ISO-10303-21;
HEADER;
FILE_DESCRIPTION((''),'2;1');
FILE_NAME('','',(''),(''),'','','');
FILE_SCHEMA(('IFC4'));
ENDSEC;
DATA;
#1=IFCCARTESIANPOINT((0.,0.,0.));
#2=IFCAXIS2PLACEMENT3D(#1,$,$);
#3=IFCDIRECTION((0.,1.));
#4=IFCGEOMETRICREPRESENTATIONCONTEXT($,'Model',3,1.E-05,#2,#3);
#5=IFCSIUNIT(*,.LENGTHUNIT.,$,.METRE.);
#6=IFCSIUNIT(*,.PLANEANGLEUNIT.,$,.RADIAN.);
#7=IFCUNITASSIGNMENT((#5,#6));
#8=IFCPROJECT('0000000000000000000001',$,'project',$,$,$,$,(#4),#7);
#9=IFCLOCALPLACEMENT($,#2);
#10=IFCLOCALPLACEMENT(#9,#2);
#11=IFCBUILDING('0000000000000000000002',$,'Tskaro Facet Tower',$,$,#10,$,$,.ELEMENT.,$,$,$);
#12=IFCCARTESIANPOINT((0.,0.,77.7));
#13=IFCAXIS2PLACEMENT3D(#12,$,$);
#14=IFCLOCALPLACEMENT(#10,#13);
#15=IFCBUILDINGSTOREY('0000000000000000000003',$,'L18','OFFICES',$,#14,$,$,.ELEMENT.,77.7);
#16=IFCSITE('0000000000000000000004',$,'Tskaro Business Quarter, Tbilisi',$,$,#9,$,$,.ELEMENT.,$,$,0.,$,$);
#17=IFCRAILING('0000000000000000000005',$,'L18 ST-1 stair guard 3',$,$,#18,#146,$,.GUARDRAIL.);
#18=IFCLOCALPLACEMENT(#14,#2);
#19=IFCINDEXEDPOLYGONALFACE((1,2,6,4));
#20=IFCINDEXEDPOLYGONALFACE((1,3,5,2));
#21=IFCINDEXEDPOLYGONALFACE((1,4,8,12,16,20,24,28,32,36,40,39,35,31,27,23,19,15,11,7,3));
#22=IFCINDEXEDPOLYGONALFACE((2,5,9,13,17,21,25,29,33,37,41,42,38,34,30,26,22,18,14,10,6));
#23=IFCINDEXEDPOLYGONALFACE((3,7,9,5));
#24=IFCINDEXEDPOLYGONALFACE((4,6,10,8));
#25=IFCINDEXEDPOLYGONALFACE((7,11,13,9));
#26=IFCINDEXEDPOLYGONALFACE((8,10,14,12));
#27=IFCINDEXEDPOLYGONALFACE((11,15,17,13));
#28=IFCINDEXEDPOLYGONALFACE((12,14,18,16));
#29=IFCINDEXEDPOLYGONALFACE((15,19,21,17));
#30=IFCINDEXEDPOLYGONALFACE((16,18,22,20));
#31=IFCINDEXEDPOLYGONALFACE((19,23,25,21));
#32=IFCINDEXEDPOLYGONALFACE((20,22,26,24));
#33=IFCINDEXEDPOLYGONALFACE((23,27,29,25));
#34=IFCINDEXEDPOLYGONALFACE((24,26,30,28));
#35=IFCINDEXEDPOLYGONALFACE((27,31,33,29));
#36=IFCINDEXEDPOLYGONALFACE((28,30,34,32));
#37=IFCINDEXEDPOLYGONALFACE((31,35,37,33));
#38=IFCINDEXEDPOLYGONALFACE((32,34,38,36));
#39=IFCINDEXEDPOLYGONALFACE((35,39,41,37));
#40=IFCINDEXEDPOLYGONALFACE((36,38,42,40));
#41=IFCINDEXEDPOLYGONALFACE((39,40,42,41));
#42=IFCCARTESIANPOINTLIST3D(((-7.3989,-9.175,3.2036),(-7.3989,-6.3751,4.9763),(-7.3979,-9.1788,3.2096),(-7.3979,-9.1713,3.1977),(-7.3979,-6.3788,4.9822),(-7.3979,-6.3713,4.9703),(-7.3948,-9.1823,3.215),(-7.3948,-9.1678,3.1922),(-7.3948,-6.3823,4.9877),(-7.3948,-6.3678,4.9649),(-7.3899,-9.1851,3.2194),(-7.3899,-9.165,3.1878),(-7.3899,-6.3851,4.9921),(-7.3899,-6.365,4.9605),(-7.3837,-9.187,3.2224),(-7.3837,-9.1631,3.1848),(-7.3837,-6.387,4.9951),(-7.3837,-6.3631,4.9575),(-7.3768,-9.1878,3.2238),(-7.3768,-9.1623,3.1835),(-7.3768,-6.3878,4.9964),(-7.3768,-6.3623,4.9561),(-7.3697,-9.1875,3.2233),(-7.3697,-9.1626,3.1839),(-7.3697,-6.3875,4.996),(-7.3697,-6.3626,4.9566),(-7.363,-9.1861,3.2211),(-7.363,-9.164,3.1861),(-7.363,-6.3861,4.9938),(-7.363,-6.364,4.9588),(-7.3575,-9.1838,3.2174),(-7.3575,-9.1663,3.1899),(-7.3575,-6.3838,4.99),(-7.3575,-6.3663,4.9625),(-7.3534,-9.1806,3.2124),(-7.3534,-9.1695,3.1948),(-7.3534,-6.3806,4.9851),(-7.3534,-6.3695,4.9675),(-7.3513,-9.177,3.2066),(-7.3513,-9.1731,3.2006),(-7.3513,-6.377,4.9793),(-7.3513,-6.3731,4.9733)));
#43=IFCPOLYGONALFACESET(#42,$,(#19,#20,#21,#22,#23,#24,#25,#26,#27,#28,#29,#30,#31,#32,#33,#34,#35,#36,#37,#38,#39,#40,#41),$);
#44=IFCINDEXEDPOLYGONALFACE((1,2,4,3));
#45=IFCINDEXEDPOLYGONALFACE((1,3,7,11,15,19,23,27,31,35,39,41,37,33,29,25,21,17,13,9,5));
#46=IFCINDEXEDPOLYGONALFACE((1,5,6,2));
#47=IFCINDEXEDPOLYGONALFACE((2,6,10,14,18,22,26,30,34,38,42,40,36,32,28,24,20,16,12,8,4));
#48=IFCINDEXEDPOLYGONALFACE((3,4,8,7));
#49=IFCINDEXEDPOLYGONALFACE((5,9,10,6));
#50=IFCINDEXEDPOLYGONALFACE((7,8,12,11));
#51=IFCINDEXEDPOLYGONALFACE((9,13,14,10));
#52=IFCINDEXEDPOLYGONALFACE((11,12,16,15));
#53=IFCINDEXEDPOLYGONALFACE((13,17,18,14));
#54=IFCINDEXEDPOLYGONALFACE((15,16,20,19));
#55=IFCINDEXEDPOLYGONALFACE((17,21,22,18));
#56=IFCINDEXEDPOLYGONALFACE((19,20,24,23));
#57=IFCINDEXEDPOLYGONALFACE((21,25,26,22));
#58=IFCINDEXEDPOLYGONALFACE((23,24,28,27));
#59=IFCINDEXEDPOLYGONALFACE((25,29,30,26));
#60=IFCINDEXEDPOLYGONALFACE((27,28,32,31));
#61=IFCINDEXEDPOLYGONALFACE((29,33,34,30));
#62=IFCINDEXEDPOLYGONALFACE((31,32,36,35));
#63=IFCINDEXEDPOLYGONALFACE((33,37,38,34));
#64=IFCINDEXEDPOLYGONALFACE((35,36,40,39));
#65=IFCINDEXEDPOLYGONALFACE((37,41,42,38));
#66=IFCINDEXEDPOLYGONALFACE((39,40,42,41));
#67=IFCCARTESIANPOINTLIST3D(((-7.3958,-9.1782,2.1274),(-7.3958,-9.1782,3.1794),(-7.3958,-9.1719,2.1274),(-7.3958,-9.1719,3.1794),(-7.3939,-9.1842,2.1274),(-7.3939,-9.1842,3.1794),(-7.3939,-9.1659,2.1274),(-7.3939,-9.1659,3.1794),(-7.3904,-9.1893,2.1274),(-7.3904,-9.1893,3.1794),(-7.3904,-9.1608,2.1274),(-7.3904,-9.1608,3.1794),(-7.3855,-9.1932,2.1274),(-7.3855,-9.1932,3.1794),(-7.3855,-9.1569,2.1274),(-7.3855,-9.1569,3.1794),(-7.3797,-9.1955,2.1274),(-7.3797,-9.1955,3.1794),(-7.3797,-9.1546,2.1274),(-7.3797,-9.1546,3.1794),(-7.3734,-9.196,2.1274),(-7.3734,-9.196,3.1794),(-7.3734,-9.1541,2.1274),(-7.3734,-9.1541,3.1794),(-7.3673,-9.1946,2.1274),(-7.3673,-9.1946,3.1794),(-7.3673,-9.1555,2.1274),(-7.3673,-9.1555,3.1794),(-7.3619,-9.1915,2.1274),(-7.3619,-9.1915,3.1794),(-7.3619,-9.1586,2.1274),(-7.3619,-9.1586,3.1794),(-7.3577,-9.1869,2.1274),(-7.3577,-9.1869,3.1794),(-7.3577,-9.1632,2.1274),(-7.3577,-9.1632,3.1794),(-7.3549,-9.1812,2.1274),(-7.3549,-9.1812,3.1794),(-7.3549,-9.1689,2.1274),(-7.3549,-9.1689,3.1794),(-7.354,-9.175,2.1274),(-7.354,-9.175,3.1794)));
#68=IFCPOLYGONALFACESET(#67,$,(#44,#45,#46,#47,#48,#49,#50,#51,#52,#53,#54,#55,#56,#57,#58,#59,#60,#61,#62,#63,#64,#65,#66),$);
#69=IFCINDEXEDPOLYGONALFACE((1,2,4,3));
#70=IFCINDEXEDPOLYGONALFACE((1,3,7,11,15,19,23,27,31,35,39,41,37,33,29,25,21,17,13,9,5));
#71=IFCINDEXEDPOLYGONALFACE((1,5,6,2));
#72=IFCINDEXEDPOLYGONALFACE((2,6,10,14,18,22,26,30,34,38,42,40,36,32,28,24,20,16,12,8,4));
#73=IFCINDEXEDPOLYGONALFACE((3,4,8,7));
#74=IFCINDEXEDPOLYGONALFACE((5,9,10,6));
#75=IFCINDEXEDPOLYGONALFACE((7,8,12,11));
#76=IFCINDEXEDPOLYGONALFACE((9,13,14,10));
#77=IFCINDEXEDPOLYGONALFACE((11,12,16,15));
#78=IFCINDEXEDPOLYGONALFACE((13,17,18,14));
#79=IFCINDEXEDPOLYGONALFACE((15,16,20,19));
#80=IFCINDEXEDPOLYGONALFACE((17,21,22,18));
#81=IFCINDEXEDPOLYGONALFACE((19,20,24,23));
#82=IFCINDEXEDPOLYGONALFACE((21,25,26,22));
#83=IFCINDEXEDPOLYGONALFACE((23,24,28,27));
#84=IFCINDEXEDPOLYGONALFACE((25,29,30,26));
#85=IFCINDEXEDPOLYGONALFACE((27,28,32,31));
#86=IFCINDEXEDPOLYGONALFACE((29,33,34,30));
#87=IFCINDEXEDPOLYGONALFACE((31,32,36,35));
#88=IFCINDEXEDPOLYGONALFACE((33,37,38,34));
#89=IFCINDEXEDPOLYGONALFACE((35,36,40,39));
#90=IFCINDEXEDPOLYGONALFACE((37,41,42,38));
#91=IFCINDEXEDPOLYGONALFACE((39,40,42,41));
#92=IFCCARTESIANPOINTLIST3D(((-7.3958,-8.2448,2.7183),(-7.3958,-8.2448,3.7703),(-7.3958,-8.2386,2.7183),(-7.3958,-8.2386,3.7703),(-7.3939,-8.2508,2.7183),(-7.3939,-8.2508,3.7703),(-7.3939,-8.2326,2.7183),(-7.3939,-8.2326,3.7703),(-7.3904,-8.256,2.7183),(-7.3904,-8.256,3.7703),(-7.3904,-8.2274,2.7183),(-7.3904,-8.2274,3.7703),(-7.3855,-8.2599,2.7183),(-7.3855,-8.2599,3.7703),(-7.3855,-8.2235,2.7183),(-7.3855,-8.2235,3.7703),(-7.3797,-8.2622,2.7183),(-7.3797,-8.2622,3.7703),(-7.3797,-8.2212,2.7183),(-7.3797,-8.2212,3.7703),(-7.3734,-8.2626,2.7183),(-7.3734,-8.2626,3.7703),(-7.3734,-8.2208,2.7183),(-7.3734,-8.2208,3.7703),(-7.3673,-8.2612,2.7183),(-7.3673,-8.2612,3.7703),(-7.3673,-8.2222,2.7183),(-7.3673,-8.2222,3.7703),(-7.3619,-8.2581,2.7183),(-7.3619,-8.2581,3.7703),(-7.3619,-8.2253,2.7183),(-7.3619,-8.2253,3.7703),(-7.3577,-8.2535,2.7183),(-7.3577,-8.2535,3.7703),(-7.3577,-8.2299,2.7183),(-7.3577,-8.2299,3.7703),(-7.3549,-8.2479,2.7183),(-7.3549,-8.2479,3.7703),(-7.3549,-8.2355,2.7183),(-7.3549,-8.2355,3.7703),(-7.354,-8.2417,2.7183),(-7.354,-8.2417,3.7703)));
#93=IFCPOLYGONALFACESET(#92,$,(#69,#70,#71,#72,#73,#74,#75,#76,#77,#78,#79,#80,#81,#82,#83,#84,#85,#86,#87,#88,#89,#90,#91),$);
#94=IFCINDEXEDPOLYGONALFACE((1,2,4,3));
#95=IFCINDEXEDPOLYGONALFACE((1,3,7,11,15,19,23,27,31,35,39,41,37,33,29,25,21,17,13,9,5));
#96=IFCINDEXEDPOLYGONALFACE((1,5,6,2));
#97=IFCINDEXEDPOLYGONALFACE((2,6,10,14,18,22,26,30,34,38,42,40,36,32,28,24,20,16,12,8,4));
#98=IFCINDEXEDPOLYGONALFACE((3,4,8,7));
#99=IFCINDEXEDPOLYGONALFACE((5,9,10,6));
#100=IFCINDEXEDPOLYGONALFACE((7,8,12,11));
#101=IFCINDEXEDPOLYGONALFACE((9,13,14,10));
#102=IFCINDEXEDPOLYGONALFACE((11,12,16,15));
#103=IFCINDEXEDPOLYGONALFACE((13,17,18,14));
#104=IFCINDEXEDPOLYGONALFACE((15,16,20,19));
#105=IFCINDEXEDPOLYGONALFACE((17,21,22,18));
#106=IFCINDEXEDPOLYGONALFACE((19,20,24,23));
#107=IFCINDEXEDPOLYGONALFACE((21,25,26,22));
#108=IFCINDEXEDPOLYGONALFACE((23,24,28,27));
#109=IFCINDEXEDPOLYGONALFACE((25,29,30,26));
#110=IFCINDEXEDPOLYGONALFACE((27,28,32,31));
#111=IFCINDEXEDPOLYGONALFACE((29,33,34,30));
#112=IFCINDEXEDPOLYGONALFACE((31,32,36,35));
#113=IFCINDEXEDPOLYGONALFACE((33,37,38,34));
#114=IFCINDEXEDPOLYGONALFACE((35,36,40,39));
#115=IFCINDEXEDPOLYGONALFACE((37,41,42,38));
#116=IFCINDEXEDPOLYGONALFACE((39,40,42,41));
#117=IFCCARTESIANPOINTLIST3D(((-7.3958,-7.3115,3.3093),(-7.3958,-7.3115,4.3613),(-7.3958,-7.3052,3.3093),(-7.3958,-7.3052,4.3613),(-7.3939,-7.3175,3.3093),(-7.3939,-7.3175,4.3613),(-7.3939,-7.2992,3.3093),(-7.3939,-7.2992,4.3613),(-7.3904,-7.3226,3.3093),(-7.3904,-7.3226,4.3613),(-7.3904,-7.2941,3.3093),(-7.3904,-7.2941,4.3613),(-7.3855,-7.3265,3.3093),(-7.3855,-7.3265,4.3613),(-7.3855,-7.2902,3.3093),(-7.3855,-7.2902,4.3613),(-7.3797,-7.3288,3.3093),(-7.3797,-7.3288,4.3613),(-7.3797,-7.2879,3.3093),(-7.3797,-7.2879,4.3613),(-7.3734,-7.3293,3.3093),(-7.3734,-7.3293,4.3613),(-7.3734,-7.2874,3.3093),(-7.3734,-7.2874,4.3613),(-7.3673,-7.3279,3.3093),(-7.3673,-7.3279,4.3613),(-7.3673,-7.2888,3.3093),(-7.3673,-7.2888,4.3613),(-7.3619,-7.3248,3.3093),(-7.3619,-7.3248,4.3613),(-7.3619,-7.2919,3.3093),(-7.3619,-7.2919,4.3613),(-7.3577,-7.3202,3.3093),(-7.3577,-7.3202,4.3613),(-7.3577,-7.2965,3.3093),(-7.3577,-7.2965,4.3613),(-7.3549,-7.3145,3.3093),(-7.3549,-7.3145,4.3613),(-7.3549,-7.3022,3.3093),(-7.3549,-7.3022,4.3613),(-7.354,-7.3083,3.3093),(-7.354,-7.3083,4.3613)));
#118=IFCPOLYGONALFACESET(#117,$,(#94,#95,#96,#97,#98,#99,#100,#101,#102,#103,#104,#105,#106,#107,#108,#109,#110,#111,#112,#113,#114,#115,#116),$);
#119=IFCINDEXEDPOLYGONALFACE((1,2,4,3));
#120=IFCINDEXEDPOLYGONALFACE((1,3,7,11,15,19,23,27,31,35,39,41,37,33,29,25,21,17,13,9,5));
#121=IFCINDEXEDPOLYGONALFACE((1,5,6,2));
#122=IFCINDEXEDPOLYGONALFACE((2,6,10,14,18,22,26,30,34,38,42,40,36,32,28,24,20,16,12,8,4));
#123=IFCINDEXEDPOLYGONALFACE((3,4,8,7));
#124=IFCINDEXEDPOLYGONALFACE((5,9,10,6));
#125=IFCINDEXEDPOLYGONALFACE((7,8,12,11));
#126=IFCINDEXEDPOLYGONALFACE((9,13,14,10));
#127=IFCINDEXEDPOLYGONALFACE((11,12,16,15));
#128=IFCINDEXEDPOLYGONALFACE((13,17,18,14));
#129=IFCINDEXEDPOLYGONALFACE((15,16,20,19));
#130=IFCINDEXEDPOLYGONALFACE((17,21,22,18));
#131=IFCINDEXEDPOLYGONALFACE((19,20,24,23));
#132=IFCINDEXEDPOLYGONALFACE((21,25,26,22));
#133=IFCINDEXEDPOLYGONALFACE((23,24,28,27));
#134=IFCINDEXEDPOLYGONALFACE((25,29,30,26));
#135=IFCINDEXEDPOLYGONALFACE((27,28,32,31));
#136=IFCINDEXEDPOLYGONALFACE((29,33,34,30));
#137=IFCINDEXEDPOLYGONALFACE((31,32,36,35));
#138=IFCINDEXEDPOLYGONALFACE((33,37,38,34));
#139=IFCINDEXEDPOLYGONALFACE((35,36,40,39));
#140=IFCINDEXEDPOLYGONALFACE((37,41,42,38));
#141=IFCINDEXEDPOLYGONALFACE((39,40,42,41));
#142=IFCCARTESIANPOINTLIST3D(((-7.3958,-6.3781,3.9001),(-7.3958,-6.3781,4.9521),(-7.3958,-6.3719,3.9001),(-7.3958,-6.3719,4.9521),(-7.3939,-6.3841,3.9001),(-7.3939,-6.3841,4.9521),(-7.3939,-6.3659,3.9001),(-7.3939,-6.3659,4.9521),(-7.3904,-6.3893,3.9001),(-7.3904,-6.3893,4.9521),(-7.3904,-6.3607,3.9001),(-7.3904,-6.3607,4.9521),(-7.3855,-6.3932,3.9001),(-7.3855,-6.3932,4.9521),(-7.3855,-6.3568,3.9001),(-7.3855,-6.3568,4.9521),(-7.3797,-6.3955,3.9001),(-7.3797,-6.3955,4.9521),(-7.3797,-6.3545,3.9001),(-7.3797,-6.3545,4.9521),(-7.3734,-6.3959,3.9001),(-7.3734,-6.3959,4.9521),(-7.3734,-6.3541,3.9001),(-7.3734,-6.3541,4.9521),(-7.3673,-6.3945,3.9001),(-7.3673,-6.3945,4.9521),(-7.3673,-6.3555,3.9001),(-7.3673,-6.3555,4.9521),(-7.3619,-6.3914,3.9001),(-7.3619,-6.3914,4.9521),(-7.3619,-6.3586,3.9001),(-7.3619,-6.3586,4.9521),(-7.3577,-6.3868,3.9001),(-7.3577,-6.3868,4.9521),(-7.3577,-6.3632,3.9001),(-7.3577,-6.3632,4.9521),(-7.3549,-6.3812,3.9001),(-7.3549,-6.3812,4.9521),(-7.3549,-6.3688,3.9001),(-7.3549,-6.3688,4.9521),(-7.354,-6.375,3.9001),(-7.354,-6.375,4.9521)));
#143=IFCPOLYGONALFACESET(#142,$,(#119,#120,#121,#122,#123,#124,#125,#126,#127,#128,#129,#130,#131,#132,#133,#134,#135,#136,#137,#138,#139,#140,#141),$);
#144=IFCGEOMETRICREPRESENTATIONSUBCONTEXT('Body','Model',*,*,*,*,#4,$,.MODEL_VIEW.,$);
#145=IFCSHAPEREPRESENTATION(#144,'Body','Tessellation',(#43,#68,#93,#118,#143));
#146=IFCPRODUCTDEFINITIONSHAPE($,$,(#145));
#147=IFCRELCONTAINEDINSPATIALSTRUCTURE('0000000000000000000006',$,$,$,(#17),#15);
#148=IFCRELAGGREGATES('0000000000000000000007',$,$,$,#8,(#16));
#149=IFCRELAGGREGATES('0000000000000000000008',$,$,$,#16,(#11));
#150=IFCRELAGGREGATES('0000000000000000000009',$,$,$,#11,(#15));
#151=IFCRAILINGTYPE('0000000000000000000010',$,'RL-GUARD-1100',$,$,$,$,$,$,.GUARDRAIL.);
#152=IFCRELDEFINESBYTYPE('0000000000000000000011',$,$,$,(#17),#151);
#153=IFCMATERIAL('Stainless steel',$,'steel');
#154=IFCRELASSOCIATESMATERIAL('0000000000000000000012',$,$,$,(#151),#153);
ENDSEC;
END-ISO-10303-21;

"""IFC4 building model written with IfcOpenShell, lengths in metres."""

from ifc_helpers import new_model, si_unit, direction, frame, origin, origin_2d, place, context, subcontext, project, spatial, circle, extrude, material, type_object, element, save


model = new_model("IFC4")

# Units and contexts
model_context = context("Model", 3, precision=1e-05, world=origin(), true_north=direction((0.0, 1.0)))
body_context = subcontext(model_context, "Body", "Model", "MODEL_VIEW")
ifc_project = project(units=[si_unit("LENGTHUNIT", "METRE"), si_unit("PLANEANGLEUNIT", "RADIAN")], contexts=[model_context])

# Site, building, storey
site_placement = place(None, origin())
site = spatial("IfcSite", under=ifc_project, at=site_placement, Name="Tskaro Business Quarter, Tbilisi", CompositionType="ELEMENT", RefElevation=0.0)
building_placement = place(site_placement, origin())
building = spatial("IfcBuilding", under=site, at=building_placement, Name="Tskaro Facet Tower", CompositionType="ELEMENT")
storey_placement = place(building_placement, frame((0.0, 0.0, 77.7)))
storey = spatial("IfcBuildingStorey", under=building, at=storey_placement, Name="L18", Description="OFFICES", CompositionType="ELEMENT", Elevation=77.7)

# Shared definitions
ifc_material_1 = material(Name="Stainless steel", Category="steel")

# Railing
railing_type_1 = type_object("IfcRailingType", Name="RL-GUARD-1100", PredefinedType="GUARDRAIL", material=ifc_material_1)
railing_1_placement = place(storey_placement, frame((-7.375, -9.175, 2.1274)))
element("IfcRailing", 1, at=railing_1_placement, inside=storey, type_object=railing_type_1, Name="L18 ST-1 stair guard 3", PredefinedType="GUARDRAIL", context=body_context, shape_type="SweptSolid", body=[
    extrude(circle(Radius=0.0239, at=origin_2d()), frame((0.0, 0.0, 1.0762), z_axis=(0.0, 0.844909, 0.53491), x_axis=(-1.0, 0.0, 0.0)), (0.0, 0.0, 1.0), 3.314),
    extrude(circle(Radius=0.021, at=origin_2d()), origin(), (0.0, 0.0, 1.0), 1.052),
    extrude(circle(Radius=0.021, at=origin_2d()), frame((0.0, 0.9333, 0.5908)), (0.0, 0.0, 1.0), 1.052),
    extrude(circle(Radius=0.021, at=origin_2d()), frame((0.0, 1.8667, 1.1819)), (0.0, 0.0, 1.0), 1.052),
    extrude(circle(Radius=0.021, at=origin_2d()), frame((0.0, 2.8, 1.7727)), (0.0, 0.0, 1.0), 1.052),
])

save(model, "model.ifc")
